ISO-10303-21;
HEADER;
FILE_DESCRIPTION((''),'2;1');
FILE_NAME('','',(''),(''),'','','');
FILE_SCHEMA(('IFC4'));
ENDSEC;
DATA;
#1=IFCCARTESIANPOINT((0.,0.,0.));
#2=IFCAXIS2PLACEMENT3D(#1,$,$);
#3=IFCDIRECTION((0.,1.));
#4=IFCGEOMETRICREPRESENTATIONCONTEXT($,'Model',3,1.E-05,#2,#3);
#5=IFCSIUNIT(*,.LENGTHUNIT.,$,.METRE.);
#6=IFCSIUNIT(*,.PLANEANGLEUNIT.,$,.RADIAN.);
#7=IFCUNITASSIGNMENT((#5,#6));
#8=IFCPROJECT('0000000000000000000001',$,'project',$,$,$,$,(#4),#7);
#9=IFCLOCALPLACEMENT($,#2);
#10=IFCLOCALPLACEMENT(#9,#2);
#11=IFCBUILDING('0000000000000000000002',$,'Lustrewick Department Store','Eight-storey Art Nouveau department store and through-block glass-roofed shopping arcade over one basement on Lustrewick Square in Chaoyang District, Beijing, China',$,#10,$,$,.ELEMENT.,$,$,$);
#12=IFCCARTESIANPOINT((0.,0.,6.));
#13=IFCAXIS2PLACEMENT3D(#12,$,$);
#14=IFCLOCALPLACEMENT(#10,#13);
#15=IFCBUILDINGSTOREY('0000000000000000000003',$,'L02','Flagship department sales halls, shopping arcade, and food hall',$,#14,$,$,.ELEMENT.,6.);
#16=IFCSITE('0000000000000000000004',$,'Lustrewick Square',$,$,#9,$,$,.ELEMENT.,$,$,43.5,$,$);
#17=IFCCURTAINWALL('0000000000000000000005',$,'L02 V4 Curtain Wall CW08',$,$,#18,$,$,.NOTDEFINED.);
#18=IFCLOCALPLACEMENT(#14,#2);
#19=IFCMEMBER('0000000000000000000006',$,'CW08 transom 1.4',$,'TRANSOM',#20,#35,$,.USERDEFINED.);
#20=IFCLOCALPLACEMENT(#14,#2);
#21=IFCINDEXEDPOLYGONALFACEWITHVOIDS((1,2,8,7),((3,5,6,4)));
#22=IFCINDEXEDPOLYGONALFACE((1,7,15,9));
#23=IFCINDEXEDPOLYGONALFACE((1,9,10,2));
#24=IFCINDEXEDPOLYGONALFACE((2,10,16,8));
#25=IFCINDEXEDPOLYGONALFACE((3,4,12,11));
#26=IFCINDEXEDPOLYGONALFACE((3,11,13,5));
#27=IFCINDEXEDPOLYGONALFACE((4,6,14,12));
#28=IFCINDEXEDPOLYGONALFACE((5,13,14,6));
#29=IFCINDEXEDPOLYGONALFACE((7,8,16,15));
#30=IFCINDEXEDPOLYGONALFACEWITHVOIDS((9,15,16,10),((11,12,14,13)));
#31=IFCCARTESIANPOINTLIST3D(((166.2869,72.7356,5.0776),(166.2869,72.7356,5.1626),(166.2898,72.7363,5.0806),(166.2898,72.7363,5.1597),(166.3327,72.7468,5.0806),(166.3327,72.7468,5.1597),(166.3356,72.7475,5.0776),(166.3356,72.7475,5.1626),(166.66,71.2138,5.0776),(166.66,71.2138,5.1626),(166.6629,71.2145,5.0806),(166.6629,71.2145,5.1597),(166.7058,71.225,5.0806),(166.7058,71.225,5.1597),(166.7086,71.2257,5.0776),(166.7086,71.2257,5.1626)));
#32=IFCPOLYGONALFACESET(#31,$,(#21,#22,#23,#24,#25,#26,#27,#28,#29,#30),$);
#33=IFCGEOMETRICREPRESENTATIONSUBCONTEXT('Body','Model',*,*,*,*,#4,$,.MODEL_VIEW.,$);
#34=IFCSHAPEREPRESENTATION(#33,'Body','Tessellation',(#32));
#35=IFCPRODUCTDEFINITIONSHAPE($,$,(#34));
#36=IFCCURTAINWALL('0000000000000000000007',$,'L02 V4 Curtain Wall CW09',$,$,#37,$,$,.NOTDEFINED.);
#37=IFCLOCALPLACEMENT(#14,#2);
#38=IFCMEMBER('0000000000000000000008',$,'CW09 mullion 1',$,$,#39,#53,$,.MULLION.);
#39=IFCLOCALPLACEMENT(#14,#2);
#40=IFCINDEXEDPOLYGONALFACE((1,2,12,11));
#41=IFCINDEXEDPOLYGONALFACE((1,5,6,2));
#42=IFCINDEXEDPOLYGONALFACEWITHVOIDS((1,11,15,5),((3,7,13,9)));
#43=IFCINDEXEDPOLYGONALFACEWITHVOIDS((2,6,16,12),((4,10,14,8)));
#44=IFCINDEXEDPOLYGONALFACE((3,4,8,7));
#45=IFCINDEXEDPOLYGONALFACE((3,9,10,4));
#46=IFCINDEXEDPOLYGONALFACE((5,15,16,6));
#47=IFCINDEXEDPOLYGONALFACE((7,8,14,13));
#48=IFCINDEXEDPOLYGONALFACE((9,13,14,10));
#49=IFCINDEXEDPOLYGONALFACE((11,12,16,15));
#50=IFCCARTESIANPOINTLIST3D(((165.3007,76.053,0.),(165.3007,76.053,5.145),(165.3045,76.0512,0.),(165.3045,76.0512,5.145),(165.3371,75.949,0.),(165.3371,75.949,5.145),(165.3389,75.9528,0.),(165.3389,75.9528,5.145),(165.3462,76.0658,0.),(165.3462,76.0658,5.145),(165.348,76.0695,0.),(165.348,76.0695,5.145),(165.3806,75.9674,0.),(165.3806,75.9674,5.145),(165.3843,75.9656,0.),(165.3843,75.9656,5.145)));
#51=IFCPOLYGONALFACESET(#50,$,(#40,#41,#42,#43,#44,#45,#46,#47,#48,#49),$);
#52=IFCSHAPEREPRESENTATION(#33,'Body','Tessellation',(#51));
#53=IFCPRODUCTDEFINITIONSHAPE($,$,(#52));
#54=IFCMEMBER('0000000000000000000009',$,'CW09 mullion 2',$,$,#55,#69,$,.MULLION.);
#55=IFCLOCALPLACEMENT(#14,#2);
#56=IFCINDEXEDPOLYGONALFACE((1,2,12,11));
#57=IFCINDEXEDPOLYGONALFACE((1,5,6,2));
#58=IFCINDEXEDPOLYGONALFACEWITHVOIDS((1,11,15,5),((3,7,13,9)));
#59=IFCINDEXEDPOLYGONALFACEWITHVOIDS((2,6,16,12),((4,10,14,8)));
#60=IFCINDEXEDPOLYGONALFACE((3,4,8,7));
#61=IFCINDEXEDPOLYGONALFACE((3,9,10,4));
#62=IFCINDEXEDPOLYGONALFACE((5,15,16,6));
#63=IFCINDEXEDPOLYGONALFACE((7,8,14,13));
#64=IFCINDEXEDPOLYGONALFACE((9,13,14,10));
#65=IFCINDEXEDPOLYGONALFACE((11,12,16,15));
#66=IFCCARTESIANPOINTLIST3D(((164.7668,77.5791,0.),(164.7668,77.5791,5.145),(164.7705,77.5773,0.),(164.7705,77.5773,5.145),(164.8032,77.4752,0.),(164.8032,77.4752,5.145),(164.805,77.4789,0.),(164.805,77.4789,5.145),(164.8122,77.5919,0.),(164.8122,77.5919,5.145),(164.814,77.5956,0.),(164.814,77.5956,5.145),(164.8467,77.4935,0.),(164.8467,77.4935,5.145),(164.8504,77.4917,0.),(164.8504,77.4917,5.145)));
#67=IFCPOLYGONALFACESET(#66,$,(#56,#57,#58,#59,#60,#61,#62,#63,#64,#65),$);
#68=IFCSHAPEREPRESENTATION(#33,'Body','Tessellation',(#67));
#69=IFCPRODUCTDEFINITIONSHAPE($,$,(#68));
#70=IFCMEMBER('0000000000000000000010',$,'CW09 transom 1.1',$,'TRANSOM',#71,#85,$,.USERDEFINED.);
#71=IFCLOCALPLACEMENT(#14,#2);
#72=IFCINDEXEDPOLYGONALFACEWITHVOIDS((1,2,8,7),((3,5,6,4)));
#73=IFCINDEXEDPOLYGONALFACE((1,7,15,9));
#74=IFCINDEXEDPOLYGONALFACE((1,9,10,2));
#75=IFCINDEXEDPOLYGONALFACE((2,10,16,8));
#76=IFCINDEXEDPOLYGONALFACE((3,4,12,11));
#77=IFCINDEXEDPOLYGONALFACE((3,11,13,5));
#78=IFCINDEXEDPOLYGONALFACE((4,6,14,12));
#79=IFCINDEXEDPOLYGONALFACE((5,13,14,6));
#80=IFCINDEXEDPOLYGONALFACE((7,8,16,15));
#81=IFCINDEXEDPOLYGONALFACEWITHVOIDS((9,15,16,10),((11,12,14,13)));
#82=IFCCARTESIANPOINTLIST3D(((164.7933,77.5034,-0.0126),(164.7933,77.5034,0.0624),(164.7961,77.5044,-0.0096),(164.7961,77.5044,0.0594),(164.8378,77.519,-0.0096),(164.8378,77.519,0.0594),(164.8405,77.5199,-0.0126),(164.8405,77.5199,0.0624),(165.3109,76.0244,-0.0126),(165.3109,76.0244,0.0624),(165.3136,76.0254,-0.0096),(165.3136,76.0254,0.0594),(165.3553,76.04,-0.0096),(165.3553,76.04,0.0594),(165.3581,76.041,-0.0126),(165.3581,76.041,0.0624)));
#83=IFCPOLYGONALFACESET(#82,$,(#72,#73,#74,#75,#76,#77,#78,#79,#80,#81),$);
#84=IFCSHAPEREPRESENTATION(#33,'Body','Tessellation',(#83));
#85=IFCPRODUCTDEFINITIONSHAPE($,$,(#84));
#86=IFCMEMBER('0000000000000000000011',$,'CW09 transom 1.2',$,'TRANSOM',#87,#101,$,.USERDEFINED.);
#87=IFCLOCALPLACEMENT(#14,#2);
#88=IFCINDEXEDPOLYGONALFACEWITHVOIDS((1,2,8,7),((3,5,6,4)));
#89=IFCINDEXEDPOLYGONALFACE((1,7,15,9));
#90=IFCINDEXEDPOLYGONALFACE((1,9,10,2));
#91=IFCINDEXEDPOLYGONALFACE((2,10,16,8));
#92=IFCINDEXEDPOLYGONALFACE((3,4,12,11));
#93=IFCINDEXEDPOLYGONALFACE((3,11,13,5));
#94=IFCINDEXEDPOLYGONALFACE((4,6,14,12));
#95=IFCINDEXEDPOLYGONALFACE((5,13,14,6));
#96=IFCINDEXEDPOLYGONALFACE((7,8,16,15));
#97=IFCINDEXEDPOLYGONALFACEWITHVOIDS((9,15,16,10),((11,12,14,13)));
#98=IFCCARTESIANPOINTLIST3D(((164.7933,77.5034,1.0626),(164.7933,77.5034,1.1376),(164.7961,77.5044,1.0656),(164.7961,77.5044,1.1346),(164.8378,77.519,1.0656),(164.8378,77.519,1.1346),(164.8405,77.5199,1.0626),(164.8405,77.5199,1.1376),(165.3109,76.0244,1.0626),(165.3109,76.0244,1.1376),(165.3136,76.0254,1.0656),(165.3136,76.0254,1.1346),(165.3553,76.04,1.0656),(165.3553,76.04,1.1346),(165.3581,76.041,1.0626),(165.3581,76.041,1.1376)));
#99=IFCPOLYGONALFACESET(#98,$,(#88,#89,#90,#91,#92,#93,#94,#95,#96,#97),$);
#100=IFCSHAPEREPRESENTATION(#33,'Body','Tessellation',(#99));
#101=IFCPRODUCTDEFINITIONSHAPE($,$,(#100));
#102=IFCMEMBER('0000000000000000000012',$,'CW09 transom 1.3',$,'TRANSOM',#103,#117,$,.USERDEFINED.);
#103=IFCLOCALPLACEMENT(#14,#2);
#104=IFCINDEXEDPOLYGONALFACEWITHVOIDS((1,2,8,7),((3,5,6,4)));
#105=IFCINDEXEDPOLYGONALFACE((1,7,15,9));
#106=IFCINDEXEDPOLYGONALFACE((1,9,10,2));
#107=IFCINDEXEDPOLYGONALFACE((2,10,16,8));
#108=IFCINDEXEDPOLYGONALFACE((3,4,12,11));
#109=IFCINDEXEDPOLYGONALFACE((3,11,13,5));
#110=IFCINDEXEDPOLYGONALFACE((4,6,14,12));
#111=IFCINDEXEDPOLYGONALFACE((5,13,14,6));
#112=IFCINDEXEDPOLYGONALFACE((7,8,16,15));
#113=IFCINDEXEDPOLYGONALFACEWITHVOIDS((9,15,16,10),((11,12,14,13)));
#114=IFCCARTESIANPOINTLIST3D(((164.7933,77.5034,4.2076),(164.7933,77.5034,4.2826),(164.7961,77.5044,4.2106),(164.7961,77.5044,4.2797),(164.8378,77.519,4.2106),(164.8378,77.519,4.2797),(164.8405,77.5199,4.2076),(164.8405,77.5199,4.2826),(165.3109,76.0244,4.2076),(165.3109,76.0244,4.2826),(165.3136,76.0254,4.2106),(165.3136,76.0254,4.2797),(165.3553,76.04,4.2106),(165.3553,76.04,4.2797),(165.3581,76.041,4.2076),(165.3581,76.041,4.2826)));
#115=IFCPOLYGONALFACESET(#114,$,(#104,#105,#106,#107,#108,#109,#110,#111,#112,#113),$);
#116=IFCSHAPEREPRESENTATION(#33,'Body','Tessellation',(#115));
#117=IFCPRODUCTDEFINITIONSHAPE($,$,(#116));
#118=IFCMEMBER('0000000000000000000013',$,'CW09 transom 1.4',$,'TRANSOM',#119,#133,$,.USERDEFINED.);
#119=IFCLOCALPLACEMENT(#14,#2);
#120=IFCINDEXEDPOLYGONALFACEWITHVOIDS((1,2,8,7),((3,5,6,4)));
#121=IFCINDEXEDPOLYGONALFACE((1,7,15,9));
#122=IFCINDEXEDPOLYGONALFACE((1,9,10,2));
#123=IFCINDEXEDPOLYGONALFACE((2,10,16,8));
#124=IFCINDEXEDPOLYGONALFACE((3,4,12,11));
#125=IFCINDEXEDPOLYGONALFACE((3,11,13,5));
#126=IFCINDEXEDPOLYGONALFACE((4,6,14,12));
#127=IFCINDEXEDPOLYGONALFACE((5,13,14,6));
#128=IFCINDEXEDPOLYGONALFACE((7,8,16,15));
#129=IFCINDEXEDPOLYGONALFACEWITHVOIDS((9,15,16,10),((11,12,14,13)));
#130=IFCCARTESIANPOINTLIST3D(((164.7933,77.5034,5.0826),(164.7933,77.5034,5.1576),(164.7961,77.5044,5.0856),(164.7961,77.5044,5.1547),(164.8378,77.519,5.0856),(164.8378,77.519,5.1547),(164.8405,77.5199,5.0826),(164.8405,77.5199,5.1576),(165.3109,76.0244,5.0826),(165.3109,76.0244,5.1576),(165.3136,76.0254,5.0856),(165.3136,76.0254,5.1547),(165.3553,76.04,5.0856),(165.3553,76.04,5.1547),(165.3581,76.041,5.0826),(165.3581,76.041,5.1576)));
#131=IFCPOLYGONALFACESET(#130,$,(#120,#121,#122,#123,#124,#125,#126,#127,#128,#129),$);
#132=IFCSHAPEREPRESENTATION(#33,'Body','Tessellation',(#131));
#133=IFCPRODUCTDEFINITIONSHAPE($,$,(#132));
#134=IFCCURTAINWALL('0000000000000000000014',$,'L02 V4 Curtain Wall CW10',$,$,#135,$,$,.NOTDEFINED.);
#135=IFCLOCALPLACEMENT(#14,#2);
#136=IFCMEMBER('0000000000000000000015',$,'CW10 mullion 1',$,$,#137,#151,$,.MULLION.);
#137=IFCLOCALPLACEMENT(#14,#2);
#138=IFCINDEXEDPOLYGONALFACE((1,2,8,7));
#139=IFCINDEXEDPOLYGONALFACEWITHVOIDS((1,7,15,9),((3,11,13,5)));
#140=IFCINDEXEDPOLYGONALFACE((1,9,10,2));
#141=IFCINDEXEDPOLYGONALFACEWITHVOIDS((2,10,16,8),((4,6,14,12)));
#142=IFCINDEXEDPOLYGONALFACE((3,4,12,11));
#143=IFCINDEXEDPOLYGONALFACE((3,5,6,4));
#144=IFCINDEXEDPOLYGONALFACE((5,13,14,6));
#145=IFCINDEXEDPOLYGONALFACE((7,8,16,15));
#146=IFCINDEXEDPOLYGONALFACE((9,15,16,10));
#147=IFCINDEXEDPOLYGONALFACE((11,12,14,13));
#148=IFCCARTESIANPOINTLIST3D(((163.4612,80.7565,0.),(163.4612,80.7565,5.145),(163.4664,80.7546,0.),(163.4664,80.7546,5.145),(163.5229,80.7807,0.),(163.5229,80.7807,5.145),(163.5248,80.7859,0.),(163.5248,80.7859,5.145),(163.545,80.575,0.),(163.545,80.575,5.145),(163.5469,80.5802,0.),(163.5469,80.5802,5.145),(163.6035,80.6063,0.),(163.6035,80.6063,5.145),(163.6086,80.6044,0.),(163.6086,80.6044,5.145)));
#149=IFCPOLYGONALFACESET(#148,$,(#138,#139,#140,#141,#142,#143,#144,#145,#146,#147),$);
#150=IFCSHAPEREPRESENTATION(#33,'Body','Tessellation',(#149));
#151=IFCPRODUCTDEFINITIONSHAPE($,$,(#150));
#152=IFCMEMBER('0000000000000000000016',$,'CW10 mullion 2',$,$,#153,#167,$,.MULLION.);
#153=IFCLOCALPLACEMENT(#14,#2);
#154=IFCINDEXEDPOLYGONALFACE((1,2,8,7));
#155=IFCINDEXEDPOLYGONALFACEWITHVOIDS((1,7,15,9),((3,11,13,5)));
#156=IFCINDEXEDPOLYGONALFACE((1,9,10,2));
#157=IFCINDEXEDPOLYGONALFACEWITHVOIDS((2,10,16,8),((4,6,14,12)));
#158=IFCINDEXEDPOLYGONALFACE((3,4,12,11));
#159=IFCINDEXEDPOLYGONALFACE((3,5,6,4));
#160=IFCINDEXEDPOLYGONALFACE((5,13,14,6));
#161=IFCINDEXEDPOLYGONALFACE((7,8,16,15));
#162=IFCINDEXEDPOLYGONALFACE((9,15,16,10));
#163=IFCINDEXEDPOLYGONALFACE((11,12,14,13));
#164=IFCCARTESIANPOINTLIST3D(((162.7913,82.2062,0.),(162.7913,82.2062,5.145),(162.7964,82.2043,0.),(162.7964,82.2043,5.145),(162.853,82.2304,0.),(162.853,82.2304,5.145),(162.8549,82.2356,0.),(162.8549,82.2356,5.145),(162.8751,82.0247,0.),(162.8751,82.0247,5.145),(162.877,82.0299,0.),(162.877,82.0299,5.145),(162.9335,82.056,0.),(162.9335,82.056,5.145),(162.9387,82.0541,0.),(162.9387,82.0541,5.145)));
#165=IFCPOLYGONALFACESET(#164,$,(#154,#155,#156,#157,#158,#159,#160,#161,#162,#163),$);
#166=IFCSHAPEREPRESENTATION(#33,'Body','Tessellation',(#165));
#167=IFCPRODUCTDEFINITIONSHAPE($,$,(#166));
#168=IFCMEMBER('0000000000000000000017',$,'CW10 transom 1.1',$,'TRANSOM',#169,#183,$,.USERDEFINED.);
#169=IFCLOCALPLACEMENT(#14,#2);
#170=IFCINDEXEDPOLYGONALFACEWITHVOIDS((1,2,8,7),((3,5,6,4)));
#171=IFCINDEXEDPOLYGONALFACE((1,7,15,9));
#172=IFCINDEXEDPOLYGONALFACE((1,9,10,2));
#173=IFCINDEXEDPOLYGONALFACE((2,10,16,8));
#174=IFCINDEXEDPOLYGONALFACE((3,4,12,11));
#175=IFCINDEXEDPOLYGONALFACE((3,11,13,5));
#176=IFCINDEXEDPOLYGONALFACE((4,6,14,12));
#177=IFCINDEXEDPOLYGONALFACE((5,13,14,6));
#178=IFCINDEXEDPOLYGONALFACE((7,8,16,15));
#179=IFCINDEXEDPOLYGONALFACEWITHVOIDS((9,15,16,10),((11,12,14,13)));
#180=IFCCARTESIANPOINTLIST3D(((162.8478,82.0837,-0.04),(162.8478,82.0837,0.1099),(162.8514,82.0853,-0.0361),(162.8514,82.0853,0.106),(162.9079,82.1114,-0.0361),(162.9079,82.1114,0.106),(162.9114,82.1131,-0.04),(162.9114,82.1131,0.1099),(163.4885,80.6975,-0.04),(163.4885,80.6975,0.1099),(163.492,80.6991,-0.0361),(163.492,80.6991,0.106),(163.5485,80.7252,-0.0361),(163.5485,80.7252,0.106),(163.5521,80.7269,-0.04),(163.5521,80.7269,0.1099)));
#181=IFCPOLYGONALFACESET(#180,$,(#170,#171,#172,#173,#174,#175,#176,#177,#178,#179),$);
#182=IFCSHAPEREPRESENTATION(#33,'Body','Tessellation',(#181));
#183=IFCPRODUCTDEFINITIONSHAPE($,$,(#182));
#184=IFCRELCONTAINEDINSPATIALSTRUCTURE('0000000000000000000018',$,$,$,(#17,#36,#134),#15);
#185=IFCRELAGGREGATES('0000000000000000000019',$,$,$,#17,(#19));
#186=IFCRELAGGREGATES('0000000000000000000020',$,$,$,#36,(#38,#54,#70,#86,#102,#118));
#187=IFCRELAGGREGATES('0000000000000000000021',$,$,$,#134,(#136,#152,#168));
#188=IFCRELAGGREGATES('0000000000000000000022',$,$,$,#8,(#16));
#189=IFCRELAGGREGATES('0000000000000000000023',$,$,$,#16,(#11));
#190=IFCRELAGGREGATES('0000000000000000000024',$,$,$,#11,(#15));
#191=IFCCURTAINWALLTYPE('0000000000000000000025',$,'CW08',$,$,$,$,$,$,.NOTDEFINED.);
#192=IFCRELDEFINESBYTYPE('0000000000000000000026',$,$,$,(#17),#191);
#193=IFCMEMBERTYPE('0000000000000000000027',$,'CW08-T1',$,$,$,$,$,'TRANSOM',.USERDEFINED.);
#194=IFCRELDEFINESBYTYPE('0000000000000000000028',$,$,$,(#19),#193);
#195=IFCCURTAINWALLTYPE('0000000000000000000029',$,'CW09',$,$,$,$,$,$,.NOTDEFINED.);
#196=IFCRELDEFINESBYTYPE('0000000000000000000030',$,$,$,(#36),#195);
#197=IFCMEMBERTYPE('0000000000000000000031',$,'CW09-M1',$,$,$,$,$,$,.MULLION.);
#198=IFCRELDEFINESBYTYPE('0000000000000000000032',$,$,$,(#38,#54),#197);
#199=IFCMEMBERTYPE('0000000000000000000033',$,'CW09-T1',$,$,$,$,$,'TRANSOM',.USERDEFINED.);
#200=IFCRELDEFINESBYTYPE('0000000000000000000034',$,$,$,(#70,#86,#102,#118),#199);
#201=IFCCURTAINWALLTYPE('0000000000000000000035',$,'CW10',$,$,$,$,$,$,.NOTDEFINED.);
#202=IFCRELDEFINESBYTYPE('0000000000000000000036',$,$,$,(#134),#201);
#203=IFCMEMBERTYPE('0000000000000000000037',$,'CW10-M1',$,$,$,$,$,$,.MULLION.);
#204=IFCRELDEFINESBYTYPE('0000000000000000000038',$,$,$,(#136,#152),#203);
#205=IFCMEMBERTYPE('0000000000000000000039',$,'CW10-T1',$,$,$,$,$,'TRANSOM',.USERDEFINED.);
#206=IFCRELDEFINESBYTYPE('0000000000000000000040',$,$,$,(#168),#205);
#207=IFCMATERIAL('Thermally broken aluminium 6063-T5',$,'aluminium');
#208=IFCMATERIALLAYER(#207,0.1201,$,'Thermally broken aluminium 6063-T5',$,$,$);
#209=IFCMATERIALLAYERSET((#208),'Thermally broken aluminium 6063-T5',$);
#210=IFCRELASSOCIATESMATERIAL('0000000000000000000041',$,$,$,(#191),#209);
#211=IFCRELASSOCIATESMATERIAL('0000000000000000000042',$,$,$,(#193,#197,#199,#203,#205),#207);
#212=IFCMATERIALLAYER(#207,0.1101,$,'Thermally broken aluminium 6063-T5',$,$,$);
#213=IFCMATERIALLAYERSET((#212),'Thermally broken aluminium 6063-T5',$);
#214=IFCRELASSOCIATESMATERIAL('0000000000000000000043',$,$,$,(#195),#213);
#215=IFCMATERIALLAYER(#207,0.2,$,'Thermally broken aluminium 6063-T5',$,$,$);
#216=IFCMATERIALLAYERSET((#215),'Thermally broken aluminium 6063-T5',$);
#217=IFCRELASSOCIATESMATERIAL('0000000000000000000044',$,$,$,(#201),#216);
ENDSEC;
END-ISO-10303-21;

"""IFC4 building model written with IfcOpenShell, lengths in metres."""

from ifc_helpers import new_model, si_unit, direction, frame, origin, origin_2d, place, context, subcontext, project, spatial, hollow_rectangle, extrude, material, layer, layer_set, material_profile, profile_set, type_object, element, aggregate, save


model = new_model("IFC4")

# Units and contexts
model_context = context("Model", 3, precision=1e-05, world=origin(), true_north=direction((0.0, 1.0)))
body_context = subcontext(model_context, "Body", "Model", "MODEL_VIEW")
ifc_project = project(units=[si_unit("LENGTHUNIT", "METRE"), si_unit("PLANEANGLEUNIT", "RADIAN")], contexts=[model_context])

# Site, building, storey
site_placement = place(None, origin())
site = spatial("IfcSite", under=ifc_project, at=site_placement, Name="Lustrewick Square", CompositionType="ELEMENT", RefElevation=43.5)
building_placement = place(site_placement, origin())
building = spatial("IfcBuilding", under=site, at=building_placement, Name="Lustrewick Department Store", Description="Eight-storey Art Nouveau department store and through-block glass-roofed shopping arcade over one basement on Lustrewick Square in Chaoyang District, Beijing, China", CompositionType="ELEMENT")
storey_placement = place(building_placement, frame((0.0, 0.0, 6.0)))
storey = spatial("IfcBuildingStorey", under=building, at=storey_placement, Name="L02", Description="Flagship department sales halls, shopping arcade, and food hall", CompositionType="ELEMENT", Elevation=6.0)

# Curtain walls, members
ifc_material_1 = material(Name="Thermally broken aluminium 6063-T5", Category="aluminium")
ifc_layer_1 = layer(ifc_material_1, 0.1201, Name="Thermally broken aluminium 6063-T5")
ifc_layer_set_1 = layer_set([ifc_layer_1], Name="Thermally broken aluminium 6063-T5")
curtain_wall_type_1 = type_object("IfcCurtainWallType", Name="CW08", PredefinedType="NOTDEFINED", material=ifc_layer_set_1)
curtain_wall_1_placement = place(storey_placement, origin())
curtain_wall_1 = element("IfcCurtainWall", 1, at=curtain_wall_1_placement, inside=storey, type_object=curtain_wall_type_1, Name="L02 V4 Curtain Wall CW08", PredefinedType="NOTDEFINED")
ifc_material_profile_1 = material_profile(ifc_material_1, hollow_rectangle(XDim=0.05, YDim=0.085, WallThickness=0.0029, at=origin_2d()), Name="ALU-T 50x85x3")
ifc_profile_set_1 = profile_set([ifc_material_profile_1], Name="Thermally broken aluminium 6063-T5")
member_type_1 = type_object("IfcMemberType", Name="CW08-T1", ElementType="TRANSOM", PredefinedType="USERDEFINED", material=ifc_profile_set_1)
member_1_placement = place(storey_placement, frame((166.6843, 71.2197, 5.1201), z_axis=(-0.238097, 0.971241, 0.0), x_axis=(-0.971241, -0.238097, 0.0)))
member_1 = element("IfcMember", 2, at=member_1_placement, type_object=member_type_1, Name="CW08 transom 1.4", ObjectType="TRANSOM", PredefinedType="USERDEFINED", context=body_context, shape_type="SweptSolid", body=[
    extrude(hollow_rectangle(XDim=0.05, YDim=0.085, WallThickness=0.0029, at=origin_2d()), origin(), (0.0, 0.0, 1.0), 1.5669),
])
ifc_layer_2 = layer(ifc_material_1, 0.1101, Name="Thermally broken aluminium 6063-T5")
ifc_layer_set_2 = layer_set([ifc_layer_2], Name="Thermally broken aluminium 6063-T5")
curtain_wall_type_2 = type_object("IfcCurtainWallType", Name="CW09", PredefinedType="NOTDEFINED", material=ifc_layer_set_2)
curtain_wall_2_placement = place(storey_placement, origin())
curtain_wall_2 = element("IfcCurtainWall", 3, at=curtain_wall_2_placement, inside=storey, type_object=curtain_wall_type_2, Name="L02 V4 Curtain Wall CW09", PredefinedType="NOTDEFINED")
ifc_material_profile_2 = material_profile(ifc_material_1, hollow_rectangle(XDim=0.05, YDim=0.1101, WallThickness=0.0029, at=origin_2d()), Name="ALU-M 50x110x3")
ifc_profile_set_2 = profile_set([ifc_material_profile_2], Name="Thermally broken aluminium 6063-T5")
member_type_2 = type_object("IfcMemberType", Name="CW09-M1", PredefinedType="MULLION", material=ifc_profile_set_2)
member_2_placement = place(storey_placement, frame((165.3425, 76.0093, 0.0), z_axis=(0.0, 0.0, 1.0), x_axis=(-0.943894, -0.330249, 0.0)))
member_2 = element("IfcMember", 4, at=member_2_placement, type_object=member_type_2, Name="CW09 mullion 1", PredefinedType="MULLION", context=body_context, shape_type="SweptSolid", body=[
    extrude(hollow_rectangle(XDim=0.05, YDim=0.1101, WallThickness=0.0029, at=origin_2d()), origin(), (0.0, 0.0, 1.0), 5.145),
])
member_3_placement = place(storey_placement, frame((164.8086, 77.5354, 0.0), z_axis=(0.0, 0.0, 1.0), x_axis=(-0.943894, -0.330249, 0.0)))
member_3 = element("IfcMember", 5, at=member_3_placement, type_object=member_type_2, Name="CW09 mullion 2", PredefinedType="MULLION", context=body_context, shape_type="SweptSolid", body=[
    extrude(hollow_rectangle(XDim=0.05, YDim=0.1101, WallThickness=0.0029, at=origin_2d()), origin(), (0.0, 0.0, 1.0), 5.145),
])
ifc_material_profile_3 = material_profile(ifc_material_1, hollow_rectangle(XDim=0.05, YDim=0.075, WallThickness=0.0029, at=origin_2d()), Name="ALU-T 50x75x3")
ifc_profile_set_3 = profile_set([ifc_material_profile_3], Name="Thermally broken aluminium 6063-T5")
member_type_3 = type_object("IfcMemberType", Name="CW09-T1", ElementType="TRANSOM", PredefinedType="USERDEFINED", material=ifc_profile_set_3)
member_4_placement = place(storey_placement, frame((165.3345, 76.0327, 0.0249), z_axis=(-0.330309, 0.943873, 0.0), x_axis=(-0.943873, -0.330309, 0.0)))
member_4 = element("IfcMember", 6, at=member_4_placement, type_object=member_type_3, Name="CW09 transom 1.1", ObjectType="TRANSOM", PredefinedType="USERDEFINED", context=body_context, shape_type="SweptSolid", body=[
    extrude(hollow_rectangle(XDim=0.05, YDim=0.075, WallThickness=0.0029, at=origin_2d()), origin(), (0.0, 0.0, 1.0), 1.5669),
])
member_5_placement = place(storey_placement, frame((165.3345, 76.0327, 1.1001), z_axis=(-0.330309, 0.943873, 0.0), x_axis=(-0.943873, -0.330309, 0.0)))
member_5 = element("IfcMember", 7, at=member_5_placement, type_object=member_type_3, Name="CW09 transom 1.2", ObjectType="TRANSOM", PredefinedType="USERDEFINED", context=body_context, shape_type="SweptSolid", body=[
    extrude(hollow_rectangle(XDim=0.05, YDim=0.075, WallThickness=0.0029, at=origin_2d()), origin(), (0.0, 0.0, 1.0), 1.5669),
])
member_6_placement = place(storey_placement, frame((165.3345, 76.0327, 4.2451), z_axis=(-0.330309, 0.943873, 0.0), x_axis=(-0.943873, -0.330309, 0.0)))
member_6 = element("IfcMember", 8, at=member_6_placement, type_object=member_type_3, Name="CW09 transom 1.3", ObjectType="TRANSOM", PredefinedType="USERDEFINED", context=body_context, shape_type="SweptSolid", body=[
    extrude(hollow_rectangle(XDim=0.05, YDim=0.075, WallThickness=0.0029, at=origin_2d()), origin(), (0.0, 0.0, 1.0), 1.5669),
])
member_7_placement = place(storey_placement, frame((165.3345, 76.0327, 5.1201), z_axis=(-0.330309, 0.943873, 0.0), x_axis=(-0.943873, -0.330309, 0.0)))
member_7 = element("IfcMember", 9, at=member_7_placement, type_object=member_type_3, Name="CW09 transom 1.4", ObjectType="TRANSOM", PredefinedType="USERDEFINED", context=body_context, shape_type="SweptSolid", body=[
    extrude(hollow_rectangle(XDim=0.05, YDim=0.075, WallThickness=0.0029, at=origin_2d()), origin(), (0.0, 0.0, 1.0), 1.5669),
])
ifc_layer_3 = layer(ifc_material_1, 0.2, Name="Thermally broken aluminium 6063-T5")
ifc_layer_set_3 = layer_set([ifc_layer_3], Name="Thermally broken aluminium 6063-T5")
curtain_wall_type_3 = type_object("IfcCurtainWallType", Name="CW10", PredefinedType="NOTDEFINED", material=ifc_layer_set_3)
curtain_wall_3_placement = place(storey_placement, origin())
curtain_wall_3 = element("IfcCurtainWall", 10, at=curtain_wall_3_placement, inside=storey, type_object=curtain_wall_type_3, Name="L02 V4 Curtain Wall CW10", PredefinedType="NOTDEFINED")
ifc_material_profile_4 = material_profile(ifc_material_1, hollow_rectangle(XDim=0.0701, YDim=0.2, WallThickness=0.0039, at=origin_2d()), Name="ALU-M 70x200x4")
ifc_profile_set_4 = profile_set([ifc_material_profile_4], Name="Thermally broken aluminium 6063-T5")
member_type_4 = type_object("IfcMemberType", Name="CW10-M1", PredefinedType="MULLION", material=ifc_profile_set_4)
member_8_placement = place(storey_placement, frame((163.5349, 80.6804, 0.0), z_axis=(0.0, 0.0, 1.0), x_axis=(-0.90781, -0.419382, 0.0)))
member_8 = element("IfcMember", 11, at=member_8_placement, type_object=member_type_4, Name="CW10 mullion 1", PredefinedType="MULLION", context=body_context, shape_type="SweptSolid", body=[
    extrude(hollow_rectangle(XDim=0.0701, YDim=0.2, WallThickness=0.0039, at=origin_2d()), origin(), (0.0, 0.0, 1.0), 5.145),
])
member_9_placement = place(storey_placement, frame((162.865, 82.1301, 0.0), z_axis=(0.0, 0.0, 1.0), x_axis=(-0.90781, -0.419382, 0.0)))
member_9 = element("IfcMember", 12, at=member_9_placement, type_object=member_type_4, Name="CW10 mullion 2", PredefinedType="MULLION", context=body_context, shape_type="SweptSolid", body=[
    extrude(hollow_rectangle(XDim=0.0701, YDim=0.2, WallThickness=0.0039, at=origin_2d()), origin(), (0.0, 0.0, 1.0), 5.145),
])
ifc_material_profile_5 = material_profile(ifc_material_1, hollow_rectangle(XDim=0.0701, YDim=0.1499, WallThickness=0.0039, at=origin_2d()), Name="ALU-T 70x150x4")
ifc_profile_set_5 = profile_set([ifc_material_profile_5], Name="Thermally broken aluminium 6063-T5")
member_type_5 = type_object("IfcMemberType", Name="CW10-T1", ElementType="TRANSOM", PredefinedType="USERDEFINED", material=ifc_profile_set_5)
member_10_placement = place(storey_placement, frame((163.5203, 80.7122, 0.0349), z_axis=(-0.419504, 0.907753, 0.0), x_axis=(-0.907753, -0.419504, 0.0)))
member_10 = element("IfcMember", 13, at=member_10_placement, type_object=member_type_5, Name="CW10 transom 1.1", ObjectType="TRANSOM", PredefinedType="USERDEFINED", context=body_context, shape_type="SweptSolid", body=[
    extrude(hollow_rectangle(XDim=0.0701, YDim=0.1499, WallThickness=0.0039, at=origin_2d()), origin(), (0.0, 0.0, 1.0), 1.5271),
])

aggregate(curtain_wall_1, [member_1])
aggregate(curtain_wall_2, [member_2, member_3, member_4, member_5, member_6, member_7])
aggregate(curtain_wall_3, [member_8, member_9, member_10])

save(model, "model.ifc")
